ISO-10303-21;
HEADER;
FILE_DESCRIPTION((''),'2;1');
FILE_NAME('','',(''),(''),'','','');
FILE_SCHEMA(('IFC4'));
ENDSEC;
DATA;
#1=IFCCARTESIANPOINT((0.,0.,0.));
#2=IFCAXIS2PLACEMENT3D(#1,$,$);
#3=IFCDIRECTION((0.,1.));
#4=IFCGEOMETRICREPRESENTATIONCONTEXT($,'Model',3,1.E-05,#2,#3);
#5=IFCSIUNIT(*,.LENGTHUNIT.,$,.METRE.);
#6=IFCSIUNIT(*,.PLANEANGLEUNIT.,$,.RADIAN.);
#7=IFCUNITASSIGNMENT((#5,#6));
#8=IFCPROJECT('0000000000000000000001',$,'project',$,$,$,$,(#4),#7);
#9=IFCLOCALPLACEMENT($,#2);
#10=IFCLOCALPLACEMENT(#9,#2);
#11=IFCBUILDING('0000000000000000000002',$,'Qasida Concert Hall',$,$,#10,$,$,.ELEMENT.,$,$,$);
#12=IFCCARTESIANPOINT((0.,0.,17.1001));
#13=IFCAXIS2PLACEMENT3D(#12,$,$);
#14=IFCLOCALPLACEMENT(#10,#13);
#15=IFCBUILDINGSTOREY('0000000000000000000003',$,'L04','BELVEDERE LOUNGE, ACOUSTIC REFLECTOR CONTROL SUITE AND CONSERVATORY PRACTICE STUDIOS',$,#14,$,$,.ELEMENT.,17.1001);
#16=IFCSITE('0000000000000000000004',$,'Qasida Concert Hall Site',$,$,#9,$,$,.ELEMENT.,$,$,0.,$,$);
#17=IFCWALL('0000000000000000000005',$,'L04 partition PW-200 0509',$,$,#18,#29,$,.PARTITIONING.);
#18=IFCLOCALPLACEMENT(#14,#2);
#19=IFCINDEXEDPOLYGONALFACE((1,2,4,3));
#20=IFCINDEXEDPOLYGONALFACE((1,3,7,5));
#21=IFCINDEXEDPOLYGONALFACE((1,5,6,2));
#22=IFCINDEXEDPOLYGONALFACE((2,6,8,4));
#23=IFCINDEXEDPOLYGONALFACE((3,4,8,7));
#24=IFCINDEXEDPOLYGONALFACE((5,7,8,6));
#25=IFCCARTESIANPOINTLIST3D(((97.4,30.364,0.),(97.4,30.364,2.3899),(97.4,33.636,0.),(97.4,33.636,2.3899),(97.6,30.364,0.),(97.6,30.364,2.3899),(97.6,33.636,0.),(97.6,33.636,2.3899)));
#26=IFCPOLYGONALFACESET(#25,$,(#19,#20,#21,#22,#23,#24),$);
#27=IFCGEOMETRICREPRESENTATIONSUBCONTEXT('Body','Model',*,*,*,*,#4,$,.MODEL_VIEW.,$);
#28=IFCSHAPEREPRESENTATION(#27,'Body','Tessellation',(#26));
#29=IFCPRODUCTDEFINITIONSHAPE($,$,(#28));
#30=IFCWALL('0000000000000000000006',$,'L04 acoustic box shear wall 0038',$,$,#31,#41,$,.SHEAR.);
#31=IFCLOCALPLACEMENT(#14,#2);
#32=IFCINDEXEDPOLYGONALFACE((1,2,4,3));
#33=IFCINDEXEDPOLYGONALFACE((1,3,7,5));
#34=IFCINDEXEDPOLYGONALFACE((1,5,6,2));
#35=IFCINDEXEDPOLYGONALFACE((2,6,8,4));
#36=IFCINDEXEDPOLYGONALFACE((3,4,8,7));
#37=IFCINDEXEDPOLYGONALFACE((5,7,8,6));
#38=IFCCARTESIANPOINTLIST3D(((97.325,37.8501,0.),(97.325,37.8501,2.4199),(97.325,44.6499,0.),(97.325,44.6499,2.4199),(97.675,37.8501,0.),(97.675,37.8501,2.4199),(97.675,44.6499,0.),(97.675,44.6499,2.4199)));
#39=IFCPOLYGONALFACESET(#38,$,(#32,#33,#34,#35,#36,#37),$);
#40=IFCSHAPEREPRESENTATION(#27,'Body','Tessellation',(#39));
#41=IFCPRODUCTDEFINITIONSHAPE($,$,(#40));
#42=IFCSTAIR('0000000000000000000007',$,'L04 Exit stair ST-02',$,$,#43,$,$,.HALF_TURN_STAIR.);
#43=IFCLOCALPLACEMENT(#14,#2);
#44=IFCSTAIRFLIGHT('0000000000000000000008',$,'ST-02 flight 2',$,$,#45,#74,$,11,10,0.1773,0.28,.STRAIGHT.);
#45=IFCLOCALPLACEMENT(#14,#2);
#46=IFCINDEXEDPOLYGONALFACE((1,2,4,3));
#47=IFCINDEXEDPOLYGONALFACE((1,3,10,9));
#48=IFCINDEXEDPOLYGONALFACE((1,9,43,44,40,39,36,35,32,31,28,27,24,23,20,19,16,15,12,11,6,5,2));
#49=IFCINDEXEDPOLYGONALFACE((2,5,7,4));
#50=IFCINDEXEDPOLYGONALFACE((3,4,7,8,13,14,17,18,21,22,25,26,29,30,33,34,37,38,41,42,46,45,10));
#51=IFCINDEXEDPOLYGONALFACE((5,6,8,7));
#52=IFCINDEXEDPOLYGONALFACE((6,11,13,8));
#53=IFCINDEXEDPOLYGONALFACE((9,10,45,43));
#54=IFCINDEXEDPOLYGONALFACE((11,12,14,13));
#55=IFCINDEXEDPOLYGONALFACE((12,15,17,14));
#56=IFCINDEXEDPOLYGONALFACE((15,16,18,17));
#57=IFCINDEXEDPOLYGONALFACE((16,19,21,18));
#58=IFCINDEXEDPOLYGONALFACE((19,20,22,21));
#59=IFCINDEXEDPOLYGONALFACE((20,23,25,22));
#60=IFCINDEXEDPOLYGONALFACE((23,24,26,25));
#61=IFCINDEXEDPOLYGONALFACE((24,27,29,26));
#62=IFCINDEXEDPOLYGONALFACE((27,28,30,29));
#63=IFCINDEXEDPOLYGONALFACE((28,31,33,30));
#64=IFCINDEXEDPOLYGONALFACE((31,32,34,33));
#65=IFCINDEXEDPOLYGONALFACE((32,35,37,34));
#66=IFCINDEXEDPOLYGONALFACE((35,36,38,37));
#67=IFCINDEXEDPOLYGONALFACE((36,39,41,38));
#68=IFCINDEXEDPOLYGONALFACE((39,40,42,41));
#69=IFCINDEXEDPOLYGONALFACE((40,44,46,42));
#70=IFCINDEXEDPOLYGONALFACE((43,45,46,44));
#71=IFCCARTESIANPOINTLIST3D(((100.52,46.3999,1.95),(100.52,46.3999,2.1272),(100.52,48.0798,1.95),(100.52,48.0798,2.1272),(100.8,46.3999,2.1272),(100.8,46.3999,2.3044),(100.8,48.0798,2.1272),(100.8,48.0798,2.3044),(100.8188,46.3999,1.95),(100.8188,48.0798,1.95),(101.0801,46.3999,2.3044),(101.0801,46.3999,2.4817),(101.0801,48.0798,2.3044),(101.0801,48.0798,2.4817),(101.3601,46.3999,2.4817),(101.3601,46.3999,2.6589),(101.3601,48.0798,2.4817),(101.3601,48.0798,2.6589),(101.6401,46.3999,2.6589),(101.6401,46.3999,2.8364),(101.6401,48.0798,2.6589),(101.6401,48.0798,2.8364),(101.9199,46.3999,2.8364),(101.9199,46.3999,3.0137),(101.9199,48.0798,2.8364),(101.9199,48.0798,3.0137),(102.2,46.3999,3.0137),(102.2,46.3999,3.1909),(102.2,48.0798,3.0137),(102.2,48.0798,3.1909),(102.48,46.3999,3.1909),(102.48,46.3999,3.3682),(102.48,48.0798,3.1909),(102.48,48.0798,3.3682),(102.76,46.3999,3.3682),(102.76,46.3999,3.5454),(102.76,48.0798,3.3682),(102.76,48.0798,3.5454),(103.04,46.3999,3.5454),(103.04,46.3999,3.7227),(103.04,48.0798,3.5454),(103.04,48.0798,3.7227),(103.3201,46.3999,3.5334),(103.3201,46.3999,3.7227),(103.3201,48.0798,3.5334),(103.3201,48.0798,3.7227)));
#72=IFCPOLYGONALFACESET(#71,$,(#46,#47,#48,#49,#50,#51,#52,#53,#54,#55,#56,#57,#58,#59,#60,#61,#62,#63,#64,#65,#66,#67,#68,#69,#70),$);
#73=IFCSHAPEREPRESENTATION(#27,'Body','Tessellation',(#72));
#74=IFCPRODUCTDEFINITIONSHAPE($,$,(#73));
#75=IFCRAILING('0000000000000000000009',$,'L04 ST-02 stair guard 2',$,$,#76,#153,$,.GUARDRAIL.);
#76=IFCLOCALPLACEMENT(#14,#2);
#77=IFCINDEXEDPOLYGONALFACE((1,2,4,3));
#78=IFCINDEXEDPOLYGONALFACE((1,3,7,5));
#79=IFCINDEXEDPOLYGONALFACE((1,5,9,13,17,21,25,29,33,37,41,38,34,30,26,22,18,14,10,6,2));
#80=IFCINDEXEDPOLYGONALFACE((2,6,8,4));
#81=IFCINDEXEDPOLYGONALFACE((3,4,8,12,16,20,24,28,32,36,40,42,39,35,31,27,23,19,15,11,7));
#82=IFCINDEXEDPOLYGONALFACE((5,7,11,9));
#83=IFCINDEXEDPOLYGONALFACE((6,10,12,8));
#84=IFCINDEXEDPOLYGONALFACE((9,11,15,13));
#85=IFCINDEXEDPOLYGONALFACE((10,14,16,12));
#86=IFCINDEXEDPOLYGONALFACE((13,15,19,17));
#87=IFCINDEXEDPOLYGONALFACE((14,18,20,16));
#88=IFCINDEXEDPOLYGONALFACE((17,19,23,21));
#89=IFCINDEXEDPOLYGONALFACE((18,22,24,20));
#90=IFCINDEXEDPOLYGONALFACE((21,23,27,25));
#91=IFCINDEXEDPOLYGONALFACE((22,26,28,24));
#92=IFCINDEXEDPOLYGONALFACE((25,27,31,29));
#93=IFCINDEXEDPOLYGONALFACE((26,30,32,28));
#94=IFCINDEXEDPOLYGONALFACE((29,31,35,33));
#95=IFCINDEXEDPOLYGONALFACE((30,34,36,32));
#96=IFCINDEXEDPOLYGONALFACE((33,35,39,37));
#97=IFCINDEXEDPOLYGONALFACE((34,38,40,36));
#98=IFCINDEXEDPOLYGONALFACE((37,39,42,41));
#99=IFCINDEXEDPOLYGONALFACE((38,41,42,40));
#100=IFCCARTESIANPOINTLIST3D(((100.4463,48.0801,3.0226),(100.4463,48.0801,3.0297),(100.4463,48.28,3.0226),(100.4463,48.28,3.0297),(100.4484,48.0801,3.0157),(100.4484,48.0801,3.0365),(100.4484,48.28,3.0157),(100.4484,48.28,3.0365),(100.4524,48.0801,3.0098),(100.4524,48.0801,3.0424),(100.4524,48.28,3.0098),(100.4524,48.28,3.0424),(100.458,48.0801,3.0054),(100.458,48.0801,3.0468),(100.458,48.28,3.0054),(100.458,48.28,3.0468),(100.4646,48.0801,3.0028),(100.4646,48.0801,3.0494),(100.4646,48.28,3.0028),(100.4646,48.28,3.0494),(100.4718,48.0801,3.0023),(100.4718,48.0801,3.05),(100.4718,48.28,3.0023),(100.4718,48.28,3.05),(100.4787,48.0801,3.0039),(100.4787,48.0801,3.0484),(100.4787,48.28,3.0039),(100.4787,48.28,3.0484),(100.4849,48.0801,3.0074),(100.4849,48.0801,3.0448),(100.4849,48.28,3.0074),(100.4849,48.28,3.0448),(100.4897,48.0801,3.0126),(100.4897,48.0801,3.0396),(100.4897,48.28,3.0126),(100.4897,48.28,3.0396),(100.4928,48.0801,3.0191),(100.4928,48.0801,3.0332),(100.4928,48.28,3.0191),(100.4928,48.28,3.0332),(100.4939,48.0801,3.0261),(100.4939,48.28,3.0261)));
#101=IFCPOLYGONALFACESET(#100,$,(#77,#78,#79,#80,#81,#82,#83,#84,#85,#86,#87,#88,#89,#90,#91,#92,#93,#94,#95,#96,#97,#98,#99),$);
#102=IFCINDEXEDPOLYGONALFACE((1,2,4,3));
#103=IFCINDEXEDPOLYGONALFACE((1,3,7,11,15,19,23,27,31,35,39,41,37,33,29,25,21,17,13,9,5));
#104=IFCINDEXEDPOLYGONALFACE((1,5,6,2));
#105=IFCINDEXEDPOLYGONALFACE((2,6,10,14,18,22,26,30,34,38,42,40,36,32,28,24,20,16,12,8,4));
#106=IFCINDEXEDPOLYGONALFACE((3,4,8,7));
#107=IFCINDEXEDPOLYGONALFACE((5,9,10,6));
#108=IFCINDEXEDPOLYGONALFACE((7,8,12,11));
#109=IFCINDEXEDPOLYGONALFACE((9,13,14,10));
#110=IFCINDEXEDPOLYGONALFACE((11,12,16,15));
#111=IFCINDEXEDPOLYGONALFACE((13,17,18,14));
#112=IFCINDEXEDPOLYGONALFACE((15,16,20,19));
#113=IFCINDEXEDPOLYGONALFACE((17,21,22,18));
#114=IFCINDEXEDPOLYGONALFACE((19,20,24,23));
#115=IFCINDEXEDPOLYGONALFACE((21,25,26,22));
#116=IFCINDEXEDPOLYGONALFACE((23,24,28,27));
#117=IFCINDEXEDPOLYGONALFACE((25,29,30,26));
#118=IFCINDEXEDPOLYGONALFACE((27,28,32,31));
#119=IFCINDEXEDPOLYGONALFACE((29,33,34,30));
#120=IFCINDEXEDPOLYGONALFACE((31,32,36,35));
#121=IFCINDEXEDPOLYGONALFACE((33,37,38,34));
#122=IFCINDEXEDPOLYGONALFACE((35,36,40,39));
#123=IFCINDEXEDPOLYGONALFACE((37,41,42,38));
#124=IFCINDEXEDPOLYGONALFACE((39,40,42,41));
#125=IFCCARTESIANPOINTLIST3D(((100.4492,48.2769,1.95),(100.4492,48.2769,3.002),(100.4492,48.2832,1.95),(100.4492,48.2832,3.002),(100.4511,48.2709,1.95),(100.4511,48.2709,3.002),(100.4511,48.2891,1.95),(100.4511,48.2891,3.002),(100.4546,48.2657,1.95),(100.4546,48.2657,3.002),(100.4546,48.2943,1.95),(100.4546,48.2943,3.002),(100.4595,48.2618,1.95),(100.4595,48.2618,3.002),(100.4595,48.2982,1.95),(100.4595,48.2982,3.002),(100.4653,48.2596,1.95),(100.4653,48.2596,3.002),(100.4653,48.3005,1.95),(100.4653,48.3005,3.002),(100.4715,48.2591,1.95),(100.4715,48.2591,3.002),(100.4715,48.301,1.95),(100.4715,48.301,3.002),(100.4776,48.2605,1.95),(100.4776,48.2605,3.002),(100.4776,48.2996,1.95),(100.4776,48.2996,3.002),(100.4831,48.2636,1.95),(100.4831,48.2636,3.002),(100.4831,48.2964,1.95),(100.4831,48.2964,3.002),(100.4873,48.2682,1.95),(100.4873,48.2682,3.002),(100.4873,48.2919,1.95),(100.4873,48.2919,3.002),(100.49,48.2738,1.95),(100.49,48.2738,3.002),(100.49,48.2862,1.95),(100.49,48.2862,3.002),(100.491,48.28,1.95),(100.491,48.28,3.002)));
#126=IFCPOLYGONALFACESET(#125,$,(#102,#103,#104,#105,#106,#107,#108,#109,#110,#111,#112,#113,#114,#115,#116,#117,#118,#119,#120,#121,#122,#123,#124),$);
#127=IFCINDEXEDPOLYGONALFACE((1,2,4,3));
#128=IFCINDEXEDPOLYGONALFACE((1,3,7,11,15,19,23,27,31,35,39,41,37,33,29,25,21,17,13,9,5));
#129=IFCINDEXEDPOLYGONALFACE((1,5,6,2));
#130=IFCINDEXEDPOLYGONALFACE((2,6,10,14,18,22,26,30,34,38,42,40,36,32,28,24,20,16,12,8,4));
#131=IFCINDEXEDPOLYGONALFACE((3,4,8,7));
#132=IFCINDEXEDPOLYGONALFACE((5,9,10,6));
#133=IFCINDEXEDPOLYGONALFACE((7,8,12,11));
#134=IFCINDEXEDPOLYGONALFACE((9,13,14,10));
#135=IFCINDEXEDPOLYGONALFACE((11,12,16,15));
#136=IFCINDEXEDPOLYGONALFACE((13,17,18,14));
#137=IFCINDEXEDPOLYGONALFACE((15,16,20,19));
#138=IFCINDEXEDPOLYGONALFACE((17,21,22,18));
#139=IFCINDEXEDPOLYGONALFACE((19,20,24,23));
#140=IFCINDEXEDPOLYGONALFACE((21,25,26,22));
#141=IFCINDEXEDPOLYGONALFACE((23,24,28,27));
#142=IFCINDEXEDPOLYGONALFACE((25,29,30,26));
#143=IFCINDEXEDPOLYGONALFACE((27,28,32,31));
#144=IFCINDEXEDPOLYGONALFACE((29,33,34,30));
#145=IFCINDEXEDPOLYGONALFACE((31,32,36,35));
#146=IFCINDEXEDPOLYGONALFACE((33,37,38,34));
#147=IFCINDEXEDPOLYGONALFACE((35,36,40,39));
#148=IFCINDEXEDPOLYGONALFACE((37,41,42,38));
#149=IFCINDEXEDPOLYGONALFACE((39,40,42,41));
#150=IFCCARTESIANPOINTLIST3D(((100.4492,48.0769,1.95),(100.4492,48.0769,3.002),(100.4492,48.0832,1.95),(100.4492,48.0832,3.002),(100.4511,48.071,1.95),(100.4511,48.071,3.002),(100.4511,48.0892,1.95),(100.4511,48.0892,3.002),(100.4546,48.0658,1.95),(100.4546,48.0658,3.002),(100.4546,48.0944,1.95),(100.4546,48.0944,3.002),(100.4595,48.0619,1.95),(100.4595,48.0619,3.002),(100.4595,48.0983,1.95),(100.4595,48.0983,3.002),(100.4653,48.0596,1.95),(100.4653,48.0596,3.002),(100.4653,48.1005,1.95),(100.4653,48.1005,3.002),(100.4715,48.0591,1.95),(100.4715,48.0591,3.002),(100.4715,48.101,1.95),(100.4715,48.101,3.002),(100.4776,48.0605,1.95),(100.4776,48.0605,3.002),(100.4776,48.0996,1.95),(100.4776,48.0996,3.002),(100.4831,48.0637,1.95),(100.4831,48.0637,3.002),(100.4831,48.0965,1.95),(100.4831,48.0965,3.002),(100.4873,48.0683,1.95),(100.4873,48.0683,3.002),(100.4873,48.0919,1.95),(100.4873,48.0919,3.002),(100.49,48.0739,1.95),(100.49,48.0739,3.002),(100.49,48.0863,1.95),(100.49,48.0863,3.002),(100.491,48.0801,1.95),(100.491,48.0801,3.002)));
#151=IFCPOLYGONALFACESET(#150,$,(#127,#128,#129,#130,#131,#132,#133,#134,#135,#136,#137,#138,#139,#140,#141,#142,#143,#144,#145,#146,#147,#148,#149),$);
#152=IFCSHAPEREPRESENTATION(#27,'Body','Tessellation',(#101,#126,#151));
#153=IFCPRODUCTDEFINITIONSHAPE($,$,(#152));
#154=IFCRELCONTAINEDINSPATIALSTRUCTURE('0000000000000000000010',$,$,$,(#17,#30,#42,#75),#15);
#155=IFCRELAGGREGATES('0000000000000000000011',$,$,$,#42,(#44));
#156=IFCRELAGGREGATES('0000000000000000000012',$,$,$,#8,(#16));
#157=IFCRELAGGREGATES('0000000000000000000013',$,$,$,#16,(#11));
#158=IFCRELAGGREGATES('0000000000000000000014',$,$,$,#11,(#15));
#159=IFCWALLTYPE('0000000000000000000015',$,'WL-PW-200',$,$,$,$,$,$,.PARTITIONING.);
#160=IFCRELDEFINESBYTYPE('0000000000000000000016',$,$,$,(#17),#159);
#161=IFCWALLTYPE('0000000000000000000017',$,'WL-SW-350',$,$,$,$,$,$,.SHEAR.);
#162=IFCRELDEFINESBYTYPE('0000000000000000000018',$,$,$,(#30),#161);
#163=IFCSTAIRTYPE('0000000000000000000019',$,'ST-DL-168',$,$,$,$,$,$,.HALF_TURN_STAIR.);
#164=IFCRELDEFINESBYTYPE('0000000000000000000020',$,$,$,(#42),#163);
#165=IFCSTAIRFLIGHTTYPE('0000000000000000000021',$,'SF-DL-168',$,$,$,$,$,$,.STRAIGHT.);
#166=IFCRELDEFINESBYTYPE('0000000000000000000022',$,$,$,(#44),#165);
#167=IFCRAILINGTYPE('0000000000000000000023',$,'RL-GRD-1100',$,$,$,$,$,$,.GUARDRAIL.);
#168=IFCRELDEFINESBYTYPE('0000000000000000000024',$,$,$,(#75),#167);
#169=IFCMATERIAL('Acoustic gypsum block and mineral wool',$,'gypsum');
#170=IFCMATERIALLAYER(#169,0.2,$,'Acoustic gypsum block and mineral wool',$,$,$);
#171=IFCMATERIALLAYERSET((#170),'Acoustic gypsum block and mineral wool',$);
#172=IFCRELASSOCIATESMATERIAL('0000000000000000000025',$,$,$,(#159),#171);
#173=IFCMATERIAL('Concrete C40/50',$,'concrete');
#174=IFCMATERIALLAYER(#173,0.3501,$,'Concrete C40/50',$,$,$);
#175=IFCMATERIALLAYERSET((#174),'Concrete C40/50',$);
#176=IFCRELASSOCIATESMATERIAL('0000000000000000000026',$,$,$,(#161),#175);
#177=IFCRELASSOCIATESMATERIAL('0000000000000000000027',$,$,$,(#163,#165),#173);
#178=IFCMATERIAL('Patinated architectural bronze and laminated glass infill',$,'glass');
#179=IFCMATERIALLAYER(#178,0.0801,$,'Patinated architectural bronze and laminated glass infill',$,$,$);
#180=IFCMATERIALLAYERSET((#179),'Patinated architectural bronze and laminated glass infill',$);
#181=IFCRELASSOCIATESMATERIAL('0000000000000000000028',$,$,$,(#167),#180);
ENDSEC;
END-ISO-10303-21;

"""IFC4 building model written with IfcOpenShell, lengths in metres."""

from ifc_helpers import new_model, si_unit, direction, frame, frame_2d, origin, origin_2d, place, context, subcontext, project, spatial, polyline, rectangle, circle, outline, extrude, material, layer, layer_set, type_object, element, aggregate, save


model = new_model("IFC4")

# Units and contexts
model_context = context("Model", 3, precision=1e-05, world=origin(), true_north=direction((0.0, 1.0)))
body_context = subcontext(model_context, "Body", "Model", "MODEL_VIEW")
ifc_project = project(units=[si_unit("LENGTHUNIT", "METRE"), si_unit("PLANEANGLEUNIT", "RADIAN")], contexts=[model_context])

# Site, building, storey
site_placement = place(None, origin())
site = spatial("IfcSite", under=ifc_project, at=site_placement, Name="Qasida Concert Hall Site", CompositionType="ELEMENT", RefElevation=0.0)
building_placement = place(site_placement, origin())
building = spatial("IfcBuilding", under=site, at=building_placement, Name="Qasida Concert Hall", CompositionType="ELEMENT")
storey_placement = place(building_placement, frame((0.0, 0.0, 17.1001)))
storey = spatial("IfcBuildingStorey", under=building, at=storey_placement, Name="L04", Description="BELVEDERE LOUNGE, ACOUSTIC REFLECTOR CONTROL SUITE AND CONSERVATORY PRACTICE STUDIOS", CompositionType="ELEMENT", Elevation=17.1001)

# Shared definitions
ifc_material_1 = material(Name="Concrete C40/50", Category="concrete")

# Walls
ifc_material_2 = material(Name="Acoustic gypsum block and mineral wool", Category="gypsum")
ifc_layer_1 = layer(ifc_material_2, 0.2, Name="Acoustic gypsum block and mineral wool")
ifc_layer_set_1 = layer_set([ifc_layer_1], Name="Acoustic gypsum block and mineral wool")
wall_type_1 = type_object("IfcWallType", Name="WL-PW-200", PredefinedType="PARTITIONING", material=ifc_layer_set_1)
wall_1_placement = place(storey_placement, frame((97.5, 30.364, 0.0), z_axis=(0.0, 0.0, 1.0), x_axis=(0.0, 1.0, 0.0)))
element("IfcWall", 1, at=wall_1_placement, inside=storey, type_object=wall_type_1, Name="L04 partition PW-200 0509", PredefinedType="PARTITIONING", context=body_context, shape_type="SweptSolid", body=[
    extrude(rectangle(XDim=3.272, YDim=0.2, at=frame_2d((1.636, 0.0))), origin(), (0.0, 0.0, 1.0), 2.3899),
])
ifc_layer_2 = layer(ifc_material_1, 0.3501, Name="Concrete C40/50")
ifc_layer_set_2 = layer_set([ifc_layer_2], Name="Concrete C40/50")
wall_type_2 = type_object("IfcWallType", Name="WL-SW-350", PredefinedType="SHEAR", material=ifc_layer_set_2)
wall_2_placement = place(storey_placement, frame((97.5, 37.8501, 0.0), z_axis=(0.0, 0.0, 1.0), x_axis=(0.0, 1.0, 0.0)))
element("IfcWall", 2, at=wall_2_placement, inside=storey, type_object=wall_type_2, Name="L04 acoustic box shear wall 0038", PredefinedType="SHEAR", context=body_context, shape_type="SweptSolid", body=[
    extrude(rectangle(XDim=6.7998, YDim=0.3501, at=frame_2d((3.3999, 0.0))), origin(), (0.0, 0.0, 1.0), 2.4199),
])

# Stair, stair flight
stair_type = type_object("IfcStairType", Name="ST-DL-168", PredefinedType="HALF_TURN_STAIR", material=ifc_material_1)
stair_placement = place(storey_placement, origin())
stair = element("IfcStair", 3, at=stair_placement, inside=storey, type_object=stair_type, Name="L04 Exit stair ST-02", PredefinedType="HALF_TURN_STAIR")
stair_flight_type = type_object("IfcStairFlightType", Name="SF-DL-168", PredefinedType="STRAIGHT", material=ifc_material_1)
stair_flight_placement = place(storey_placement, frame((100.52, 47.24, 1.95), z_axis=(0.0, 0.0, 1.0), x_axis=(1.0, 0.0, 0.0)))
stair_flight = element("IfcStairFlight", 4, at=stair_flight_placement, type_object=stair_flight_type, Name="ST-02 flight 2", NumberOfRisers=11, NumberOfTreads=10, PredefinedType="STRAIGHT", RiserHeight=0.1773, TreadLength=0.28, context=body_context, shape_type="SweptSolid", body=[
    extrude(outline(polyline([(0.0, 0.0), (0.0, 0.1772), (0.28, 0.1772), (0.28, 0.3545), (0.5601, 0.3545), (0.5601, 0.5317), (0.8401, 0.5317), (0.8401, 0.709), (1.1201, 0.709), (1.1201, 0.8865), (1.3999, 0.8865), (1.3999, 1.0637), (1.6799, 1.0637), (1.6799, 1.241), (1.96, 1.241), (1.96, 1.4182), (2.24, 1.4182), (2.24, 1.5955), (2.52, 1.5955), (2.52, 1.7727), (2.8, 1.7727), (2.8, 1.95), (2.8, 1.5835), (0.2988, 0.0), (0.0, 0.0)])), frame((0.0, 0.8398, 0.0), z_axis=(0.0, -1.0, 0.0), x_axis=(1.0, 0.0, 0.0)), (0.0, 0.0, 1.0), 1.6799),
])
aggregate(stair, [stair_flight])

# Railing
ifc_material_3 = material(Name="Patinated architectural bronze and laminated glass infill", Category="glass")
ifc_layer_3 = layer(ifc_material_3, 0.0801, Name="Patinated architectural bronze and laminated glass infill")
ifc_layer_set_3 = layer_set([ifc_layer_3], Name="Patinated architectural bronze and laminated glass infill")
railing_type_1 = type_object("IfcRailingType", Name="RL-GRD-1100", PredefinedType="GUARDRAIL", material=ifc_layer_set_3)
railing_1_placement = place(storey_placement, frame((100.47, 48.28, 1.95)))
element("IfcRailing", 5, at=railing_1_placement, inside=storey, type_object=railing_type_1, Name="L04 ST-02 stair guard 2", PredefinedType="GUARDRAIL", context=body_context, shape_type="SweptSolid", body=[
    extrude(circle(Radius=0.0239, at=origin_2d()), frame((0.0, 0.0, 1.0762), z_axis=(0.0, -1.0, 0.0), x_axis=(1.0, 0.0, 0.0)), (0.0, 0.0, 1.0), 0.2),
    extrude(circle(Radius=0.021, at=origin_2d()), origin(), (0.0, 0.0, 1.0), 1.052),
    extrude(circle(Radius=0.021, at=origin_2d()), frame((0.0, -0.2, 0.0)), (0.0, 0.0, 1.0), 1.052),
])

save(model, "model.ifc")
